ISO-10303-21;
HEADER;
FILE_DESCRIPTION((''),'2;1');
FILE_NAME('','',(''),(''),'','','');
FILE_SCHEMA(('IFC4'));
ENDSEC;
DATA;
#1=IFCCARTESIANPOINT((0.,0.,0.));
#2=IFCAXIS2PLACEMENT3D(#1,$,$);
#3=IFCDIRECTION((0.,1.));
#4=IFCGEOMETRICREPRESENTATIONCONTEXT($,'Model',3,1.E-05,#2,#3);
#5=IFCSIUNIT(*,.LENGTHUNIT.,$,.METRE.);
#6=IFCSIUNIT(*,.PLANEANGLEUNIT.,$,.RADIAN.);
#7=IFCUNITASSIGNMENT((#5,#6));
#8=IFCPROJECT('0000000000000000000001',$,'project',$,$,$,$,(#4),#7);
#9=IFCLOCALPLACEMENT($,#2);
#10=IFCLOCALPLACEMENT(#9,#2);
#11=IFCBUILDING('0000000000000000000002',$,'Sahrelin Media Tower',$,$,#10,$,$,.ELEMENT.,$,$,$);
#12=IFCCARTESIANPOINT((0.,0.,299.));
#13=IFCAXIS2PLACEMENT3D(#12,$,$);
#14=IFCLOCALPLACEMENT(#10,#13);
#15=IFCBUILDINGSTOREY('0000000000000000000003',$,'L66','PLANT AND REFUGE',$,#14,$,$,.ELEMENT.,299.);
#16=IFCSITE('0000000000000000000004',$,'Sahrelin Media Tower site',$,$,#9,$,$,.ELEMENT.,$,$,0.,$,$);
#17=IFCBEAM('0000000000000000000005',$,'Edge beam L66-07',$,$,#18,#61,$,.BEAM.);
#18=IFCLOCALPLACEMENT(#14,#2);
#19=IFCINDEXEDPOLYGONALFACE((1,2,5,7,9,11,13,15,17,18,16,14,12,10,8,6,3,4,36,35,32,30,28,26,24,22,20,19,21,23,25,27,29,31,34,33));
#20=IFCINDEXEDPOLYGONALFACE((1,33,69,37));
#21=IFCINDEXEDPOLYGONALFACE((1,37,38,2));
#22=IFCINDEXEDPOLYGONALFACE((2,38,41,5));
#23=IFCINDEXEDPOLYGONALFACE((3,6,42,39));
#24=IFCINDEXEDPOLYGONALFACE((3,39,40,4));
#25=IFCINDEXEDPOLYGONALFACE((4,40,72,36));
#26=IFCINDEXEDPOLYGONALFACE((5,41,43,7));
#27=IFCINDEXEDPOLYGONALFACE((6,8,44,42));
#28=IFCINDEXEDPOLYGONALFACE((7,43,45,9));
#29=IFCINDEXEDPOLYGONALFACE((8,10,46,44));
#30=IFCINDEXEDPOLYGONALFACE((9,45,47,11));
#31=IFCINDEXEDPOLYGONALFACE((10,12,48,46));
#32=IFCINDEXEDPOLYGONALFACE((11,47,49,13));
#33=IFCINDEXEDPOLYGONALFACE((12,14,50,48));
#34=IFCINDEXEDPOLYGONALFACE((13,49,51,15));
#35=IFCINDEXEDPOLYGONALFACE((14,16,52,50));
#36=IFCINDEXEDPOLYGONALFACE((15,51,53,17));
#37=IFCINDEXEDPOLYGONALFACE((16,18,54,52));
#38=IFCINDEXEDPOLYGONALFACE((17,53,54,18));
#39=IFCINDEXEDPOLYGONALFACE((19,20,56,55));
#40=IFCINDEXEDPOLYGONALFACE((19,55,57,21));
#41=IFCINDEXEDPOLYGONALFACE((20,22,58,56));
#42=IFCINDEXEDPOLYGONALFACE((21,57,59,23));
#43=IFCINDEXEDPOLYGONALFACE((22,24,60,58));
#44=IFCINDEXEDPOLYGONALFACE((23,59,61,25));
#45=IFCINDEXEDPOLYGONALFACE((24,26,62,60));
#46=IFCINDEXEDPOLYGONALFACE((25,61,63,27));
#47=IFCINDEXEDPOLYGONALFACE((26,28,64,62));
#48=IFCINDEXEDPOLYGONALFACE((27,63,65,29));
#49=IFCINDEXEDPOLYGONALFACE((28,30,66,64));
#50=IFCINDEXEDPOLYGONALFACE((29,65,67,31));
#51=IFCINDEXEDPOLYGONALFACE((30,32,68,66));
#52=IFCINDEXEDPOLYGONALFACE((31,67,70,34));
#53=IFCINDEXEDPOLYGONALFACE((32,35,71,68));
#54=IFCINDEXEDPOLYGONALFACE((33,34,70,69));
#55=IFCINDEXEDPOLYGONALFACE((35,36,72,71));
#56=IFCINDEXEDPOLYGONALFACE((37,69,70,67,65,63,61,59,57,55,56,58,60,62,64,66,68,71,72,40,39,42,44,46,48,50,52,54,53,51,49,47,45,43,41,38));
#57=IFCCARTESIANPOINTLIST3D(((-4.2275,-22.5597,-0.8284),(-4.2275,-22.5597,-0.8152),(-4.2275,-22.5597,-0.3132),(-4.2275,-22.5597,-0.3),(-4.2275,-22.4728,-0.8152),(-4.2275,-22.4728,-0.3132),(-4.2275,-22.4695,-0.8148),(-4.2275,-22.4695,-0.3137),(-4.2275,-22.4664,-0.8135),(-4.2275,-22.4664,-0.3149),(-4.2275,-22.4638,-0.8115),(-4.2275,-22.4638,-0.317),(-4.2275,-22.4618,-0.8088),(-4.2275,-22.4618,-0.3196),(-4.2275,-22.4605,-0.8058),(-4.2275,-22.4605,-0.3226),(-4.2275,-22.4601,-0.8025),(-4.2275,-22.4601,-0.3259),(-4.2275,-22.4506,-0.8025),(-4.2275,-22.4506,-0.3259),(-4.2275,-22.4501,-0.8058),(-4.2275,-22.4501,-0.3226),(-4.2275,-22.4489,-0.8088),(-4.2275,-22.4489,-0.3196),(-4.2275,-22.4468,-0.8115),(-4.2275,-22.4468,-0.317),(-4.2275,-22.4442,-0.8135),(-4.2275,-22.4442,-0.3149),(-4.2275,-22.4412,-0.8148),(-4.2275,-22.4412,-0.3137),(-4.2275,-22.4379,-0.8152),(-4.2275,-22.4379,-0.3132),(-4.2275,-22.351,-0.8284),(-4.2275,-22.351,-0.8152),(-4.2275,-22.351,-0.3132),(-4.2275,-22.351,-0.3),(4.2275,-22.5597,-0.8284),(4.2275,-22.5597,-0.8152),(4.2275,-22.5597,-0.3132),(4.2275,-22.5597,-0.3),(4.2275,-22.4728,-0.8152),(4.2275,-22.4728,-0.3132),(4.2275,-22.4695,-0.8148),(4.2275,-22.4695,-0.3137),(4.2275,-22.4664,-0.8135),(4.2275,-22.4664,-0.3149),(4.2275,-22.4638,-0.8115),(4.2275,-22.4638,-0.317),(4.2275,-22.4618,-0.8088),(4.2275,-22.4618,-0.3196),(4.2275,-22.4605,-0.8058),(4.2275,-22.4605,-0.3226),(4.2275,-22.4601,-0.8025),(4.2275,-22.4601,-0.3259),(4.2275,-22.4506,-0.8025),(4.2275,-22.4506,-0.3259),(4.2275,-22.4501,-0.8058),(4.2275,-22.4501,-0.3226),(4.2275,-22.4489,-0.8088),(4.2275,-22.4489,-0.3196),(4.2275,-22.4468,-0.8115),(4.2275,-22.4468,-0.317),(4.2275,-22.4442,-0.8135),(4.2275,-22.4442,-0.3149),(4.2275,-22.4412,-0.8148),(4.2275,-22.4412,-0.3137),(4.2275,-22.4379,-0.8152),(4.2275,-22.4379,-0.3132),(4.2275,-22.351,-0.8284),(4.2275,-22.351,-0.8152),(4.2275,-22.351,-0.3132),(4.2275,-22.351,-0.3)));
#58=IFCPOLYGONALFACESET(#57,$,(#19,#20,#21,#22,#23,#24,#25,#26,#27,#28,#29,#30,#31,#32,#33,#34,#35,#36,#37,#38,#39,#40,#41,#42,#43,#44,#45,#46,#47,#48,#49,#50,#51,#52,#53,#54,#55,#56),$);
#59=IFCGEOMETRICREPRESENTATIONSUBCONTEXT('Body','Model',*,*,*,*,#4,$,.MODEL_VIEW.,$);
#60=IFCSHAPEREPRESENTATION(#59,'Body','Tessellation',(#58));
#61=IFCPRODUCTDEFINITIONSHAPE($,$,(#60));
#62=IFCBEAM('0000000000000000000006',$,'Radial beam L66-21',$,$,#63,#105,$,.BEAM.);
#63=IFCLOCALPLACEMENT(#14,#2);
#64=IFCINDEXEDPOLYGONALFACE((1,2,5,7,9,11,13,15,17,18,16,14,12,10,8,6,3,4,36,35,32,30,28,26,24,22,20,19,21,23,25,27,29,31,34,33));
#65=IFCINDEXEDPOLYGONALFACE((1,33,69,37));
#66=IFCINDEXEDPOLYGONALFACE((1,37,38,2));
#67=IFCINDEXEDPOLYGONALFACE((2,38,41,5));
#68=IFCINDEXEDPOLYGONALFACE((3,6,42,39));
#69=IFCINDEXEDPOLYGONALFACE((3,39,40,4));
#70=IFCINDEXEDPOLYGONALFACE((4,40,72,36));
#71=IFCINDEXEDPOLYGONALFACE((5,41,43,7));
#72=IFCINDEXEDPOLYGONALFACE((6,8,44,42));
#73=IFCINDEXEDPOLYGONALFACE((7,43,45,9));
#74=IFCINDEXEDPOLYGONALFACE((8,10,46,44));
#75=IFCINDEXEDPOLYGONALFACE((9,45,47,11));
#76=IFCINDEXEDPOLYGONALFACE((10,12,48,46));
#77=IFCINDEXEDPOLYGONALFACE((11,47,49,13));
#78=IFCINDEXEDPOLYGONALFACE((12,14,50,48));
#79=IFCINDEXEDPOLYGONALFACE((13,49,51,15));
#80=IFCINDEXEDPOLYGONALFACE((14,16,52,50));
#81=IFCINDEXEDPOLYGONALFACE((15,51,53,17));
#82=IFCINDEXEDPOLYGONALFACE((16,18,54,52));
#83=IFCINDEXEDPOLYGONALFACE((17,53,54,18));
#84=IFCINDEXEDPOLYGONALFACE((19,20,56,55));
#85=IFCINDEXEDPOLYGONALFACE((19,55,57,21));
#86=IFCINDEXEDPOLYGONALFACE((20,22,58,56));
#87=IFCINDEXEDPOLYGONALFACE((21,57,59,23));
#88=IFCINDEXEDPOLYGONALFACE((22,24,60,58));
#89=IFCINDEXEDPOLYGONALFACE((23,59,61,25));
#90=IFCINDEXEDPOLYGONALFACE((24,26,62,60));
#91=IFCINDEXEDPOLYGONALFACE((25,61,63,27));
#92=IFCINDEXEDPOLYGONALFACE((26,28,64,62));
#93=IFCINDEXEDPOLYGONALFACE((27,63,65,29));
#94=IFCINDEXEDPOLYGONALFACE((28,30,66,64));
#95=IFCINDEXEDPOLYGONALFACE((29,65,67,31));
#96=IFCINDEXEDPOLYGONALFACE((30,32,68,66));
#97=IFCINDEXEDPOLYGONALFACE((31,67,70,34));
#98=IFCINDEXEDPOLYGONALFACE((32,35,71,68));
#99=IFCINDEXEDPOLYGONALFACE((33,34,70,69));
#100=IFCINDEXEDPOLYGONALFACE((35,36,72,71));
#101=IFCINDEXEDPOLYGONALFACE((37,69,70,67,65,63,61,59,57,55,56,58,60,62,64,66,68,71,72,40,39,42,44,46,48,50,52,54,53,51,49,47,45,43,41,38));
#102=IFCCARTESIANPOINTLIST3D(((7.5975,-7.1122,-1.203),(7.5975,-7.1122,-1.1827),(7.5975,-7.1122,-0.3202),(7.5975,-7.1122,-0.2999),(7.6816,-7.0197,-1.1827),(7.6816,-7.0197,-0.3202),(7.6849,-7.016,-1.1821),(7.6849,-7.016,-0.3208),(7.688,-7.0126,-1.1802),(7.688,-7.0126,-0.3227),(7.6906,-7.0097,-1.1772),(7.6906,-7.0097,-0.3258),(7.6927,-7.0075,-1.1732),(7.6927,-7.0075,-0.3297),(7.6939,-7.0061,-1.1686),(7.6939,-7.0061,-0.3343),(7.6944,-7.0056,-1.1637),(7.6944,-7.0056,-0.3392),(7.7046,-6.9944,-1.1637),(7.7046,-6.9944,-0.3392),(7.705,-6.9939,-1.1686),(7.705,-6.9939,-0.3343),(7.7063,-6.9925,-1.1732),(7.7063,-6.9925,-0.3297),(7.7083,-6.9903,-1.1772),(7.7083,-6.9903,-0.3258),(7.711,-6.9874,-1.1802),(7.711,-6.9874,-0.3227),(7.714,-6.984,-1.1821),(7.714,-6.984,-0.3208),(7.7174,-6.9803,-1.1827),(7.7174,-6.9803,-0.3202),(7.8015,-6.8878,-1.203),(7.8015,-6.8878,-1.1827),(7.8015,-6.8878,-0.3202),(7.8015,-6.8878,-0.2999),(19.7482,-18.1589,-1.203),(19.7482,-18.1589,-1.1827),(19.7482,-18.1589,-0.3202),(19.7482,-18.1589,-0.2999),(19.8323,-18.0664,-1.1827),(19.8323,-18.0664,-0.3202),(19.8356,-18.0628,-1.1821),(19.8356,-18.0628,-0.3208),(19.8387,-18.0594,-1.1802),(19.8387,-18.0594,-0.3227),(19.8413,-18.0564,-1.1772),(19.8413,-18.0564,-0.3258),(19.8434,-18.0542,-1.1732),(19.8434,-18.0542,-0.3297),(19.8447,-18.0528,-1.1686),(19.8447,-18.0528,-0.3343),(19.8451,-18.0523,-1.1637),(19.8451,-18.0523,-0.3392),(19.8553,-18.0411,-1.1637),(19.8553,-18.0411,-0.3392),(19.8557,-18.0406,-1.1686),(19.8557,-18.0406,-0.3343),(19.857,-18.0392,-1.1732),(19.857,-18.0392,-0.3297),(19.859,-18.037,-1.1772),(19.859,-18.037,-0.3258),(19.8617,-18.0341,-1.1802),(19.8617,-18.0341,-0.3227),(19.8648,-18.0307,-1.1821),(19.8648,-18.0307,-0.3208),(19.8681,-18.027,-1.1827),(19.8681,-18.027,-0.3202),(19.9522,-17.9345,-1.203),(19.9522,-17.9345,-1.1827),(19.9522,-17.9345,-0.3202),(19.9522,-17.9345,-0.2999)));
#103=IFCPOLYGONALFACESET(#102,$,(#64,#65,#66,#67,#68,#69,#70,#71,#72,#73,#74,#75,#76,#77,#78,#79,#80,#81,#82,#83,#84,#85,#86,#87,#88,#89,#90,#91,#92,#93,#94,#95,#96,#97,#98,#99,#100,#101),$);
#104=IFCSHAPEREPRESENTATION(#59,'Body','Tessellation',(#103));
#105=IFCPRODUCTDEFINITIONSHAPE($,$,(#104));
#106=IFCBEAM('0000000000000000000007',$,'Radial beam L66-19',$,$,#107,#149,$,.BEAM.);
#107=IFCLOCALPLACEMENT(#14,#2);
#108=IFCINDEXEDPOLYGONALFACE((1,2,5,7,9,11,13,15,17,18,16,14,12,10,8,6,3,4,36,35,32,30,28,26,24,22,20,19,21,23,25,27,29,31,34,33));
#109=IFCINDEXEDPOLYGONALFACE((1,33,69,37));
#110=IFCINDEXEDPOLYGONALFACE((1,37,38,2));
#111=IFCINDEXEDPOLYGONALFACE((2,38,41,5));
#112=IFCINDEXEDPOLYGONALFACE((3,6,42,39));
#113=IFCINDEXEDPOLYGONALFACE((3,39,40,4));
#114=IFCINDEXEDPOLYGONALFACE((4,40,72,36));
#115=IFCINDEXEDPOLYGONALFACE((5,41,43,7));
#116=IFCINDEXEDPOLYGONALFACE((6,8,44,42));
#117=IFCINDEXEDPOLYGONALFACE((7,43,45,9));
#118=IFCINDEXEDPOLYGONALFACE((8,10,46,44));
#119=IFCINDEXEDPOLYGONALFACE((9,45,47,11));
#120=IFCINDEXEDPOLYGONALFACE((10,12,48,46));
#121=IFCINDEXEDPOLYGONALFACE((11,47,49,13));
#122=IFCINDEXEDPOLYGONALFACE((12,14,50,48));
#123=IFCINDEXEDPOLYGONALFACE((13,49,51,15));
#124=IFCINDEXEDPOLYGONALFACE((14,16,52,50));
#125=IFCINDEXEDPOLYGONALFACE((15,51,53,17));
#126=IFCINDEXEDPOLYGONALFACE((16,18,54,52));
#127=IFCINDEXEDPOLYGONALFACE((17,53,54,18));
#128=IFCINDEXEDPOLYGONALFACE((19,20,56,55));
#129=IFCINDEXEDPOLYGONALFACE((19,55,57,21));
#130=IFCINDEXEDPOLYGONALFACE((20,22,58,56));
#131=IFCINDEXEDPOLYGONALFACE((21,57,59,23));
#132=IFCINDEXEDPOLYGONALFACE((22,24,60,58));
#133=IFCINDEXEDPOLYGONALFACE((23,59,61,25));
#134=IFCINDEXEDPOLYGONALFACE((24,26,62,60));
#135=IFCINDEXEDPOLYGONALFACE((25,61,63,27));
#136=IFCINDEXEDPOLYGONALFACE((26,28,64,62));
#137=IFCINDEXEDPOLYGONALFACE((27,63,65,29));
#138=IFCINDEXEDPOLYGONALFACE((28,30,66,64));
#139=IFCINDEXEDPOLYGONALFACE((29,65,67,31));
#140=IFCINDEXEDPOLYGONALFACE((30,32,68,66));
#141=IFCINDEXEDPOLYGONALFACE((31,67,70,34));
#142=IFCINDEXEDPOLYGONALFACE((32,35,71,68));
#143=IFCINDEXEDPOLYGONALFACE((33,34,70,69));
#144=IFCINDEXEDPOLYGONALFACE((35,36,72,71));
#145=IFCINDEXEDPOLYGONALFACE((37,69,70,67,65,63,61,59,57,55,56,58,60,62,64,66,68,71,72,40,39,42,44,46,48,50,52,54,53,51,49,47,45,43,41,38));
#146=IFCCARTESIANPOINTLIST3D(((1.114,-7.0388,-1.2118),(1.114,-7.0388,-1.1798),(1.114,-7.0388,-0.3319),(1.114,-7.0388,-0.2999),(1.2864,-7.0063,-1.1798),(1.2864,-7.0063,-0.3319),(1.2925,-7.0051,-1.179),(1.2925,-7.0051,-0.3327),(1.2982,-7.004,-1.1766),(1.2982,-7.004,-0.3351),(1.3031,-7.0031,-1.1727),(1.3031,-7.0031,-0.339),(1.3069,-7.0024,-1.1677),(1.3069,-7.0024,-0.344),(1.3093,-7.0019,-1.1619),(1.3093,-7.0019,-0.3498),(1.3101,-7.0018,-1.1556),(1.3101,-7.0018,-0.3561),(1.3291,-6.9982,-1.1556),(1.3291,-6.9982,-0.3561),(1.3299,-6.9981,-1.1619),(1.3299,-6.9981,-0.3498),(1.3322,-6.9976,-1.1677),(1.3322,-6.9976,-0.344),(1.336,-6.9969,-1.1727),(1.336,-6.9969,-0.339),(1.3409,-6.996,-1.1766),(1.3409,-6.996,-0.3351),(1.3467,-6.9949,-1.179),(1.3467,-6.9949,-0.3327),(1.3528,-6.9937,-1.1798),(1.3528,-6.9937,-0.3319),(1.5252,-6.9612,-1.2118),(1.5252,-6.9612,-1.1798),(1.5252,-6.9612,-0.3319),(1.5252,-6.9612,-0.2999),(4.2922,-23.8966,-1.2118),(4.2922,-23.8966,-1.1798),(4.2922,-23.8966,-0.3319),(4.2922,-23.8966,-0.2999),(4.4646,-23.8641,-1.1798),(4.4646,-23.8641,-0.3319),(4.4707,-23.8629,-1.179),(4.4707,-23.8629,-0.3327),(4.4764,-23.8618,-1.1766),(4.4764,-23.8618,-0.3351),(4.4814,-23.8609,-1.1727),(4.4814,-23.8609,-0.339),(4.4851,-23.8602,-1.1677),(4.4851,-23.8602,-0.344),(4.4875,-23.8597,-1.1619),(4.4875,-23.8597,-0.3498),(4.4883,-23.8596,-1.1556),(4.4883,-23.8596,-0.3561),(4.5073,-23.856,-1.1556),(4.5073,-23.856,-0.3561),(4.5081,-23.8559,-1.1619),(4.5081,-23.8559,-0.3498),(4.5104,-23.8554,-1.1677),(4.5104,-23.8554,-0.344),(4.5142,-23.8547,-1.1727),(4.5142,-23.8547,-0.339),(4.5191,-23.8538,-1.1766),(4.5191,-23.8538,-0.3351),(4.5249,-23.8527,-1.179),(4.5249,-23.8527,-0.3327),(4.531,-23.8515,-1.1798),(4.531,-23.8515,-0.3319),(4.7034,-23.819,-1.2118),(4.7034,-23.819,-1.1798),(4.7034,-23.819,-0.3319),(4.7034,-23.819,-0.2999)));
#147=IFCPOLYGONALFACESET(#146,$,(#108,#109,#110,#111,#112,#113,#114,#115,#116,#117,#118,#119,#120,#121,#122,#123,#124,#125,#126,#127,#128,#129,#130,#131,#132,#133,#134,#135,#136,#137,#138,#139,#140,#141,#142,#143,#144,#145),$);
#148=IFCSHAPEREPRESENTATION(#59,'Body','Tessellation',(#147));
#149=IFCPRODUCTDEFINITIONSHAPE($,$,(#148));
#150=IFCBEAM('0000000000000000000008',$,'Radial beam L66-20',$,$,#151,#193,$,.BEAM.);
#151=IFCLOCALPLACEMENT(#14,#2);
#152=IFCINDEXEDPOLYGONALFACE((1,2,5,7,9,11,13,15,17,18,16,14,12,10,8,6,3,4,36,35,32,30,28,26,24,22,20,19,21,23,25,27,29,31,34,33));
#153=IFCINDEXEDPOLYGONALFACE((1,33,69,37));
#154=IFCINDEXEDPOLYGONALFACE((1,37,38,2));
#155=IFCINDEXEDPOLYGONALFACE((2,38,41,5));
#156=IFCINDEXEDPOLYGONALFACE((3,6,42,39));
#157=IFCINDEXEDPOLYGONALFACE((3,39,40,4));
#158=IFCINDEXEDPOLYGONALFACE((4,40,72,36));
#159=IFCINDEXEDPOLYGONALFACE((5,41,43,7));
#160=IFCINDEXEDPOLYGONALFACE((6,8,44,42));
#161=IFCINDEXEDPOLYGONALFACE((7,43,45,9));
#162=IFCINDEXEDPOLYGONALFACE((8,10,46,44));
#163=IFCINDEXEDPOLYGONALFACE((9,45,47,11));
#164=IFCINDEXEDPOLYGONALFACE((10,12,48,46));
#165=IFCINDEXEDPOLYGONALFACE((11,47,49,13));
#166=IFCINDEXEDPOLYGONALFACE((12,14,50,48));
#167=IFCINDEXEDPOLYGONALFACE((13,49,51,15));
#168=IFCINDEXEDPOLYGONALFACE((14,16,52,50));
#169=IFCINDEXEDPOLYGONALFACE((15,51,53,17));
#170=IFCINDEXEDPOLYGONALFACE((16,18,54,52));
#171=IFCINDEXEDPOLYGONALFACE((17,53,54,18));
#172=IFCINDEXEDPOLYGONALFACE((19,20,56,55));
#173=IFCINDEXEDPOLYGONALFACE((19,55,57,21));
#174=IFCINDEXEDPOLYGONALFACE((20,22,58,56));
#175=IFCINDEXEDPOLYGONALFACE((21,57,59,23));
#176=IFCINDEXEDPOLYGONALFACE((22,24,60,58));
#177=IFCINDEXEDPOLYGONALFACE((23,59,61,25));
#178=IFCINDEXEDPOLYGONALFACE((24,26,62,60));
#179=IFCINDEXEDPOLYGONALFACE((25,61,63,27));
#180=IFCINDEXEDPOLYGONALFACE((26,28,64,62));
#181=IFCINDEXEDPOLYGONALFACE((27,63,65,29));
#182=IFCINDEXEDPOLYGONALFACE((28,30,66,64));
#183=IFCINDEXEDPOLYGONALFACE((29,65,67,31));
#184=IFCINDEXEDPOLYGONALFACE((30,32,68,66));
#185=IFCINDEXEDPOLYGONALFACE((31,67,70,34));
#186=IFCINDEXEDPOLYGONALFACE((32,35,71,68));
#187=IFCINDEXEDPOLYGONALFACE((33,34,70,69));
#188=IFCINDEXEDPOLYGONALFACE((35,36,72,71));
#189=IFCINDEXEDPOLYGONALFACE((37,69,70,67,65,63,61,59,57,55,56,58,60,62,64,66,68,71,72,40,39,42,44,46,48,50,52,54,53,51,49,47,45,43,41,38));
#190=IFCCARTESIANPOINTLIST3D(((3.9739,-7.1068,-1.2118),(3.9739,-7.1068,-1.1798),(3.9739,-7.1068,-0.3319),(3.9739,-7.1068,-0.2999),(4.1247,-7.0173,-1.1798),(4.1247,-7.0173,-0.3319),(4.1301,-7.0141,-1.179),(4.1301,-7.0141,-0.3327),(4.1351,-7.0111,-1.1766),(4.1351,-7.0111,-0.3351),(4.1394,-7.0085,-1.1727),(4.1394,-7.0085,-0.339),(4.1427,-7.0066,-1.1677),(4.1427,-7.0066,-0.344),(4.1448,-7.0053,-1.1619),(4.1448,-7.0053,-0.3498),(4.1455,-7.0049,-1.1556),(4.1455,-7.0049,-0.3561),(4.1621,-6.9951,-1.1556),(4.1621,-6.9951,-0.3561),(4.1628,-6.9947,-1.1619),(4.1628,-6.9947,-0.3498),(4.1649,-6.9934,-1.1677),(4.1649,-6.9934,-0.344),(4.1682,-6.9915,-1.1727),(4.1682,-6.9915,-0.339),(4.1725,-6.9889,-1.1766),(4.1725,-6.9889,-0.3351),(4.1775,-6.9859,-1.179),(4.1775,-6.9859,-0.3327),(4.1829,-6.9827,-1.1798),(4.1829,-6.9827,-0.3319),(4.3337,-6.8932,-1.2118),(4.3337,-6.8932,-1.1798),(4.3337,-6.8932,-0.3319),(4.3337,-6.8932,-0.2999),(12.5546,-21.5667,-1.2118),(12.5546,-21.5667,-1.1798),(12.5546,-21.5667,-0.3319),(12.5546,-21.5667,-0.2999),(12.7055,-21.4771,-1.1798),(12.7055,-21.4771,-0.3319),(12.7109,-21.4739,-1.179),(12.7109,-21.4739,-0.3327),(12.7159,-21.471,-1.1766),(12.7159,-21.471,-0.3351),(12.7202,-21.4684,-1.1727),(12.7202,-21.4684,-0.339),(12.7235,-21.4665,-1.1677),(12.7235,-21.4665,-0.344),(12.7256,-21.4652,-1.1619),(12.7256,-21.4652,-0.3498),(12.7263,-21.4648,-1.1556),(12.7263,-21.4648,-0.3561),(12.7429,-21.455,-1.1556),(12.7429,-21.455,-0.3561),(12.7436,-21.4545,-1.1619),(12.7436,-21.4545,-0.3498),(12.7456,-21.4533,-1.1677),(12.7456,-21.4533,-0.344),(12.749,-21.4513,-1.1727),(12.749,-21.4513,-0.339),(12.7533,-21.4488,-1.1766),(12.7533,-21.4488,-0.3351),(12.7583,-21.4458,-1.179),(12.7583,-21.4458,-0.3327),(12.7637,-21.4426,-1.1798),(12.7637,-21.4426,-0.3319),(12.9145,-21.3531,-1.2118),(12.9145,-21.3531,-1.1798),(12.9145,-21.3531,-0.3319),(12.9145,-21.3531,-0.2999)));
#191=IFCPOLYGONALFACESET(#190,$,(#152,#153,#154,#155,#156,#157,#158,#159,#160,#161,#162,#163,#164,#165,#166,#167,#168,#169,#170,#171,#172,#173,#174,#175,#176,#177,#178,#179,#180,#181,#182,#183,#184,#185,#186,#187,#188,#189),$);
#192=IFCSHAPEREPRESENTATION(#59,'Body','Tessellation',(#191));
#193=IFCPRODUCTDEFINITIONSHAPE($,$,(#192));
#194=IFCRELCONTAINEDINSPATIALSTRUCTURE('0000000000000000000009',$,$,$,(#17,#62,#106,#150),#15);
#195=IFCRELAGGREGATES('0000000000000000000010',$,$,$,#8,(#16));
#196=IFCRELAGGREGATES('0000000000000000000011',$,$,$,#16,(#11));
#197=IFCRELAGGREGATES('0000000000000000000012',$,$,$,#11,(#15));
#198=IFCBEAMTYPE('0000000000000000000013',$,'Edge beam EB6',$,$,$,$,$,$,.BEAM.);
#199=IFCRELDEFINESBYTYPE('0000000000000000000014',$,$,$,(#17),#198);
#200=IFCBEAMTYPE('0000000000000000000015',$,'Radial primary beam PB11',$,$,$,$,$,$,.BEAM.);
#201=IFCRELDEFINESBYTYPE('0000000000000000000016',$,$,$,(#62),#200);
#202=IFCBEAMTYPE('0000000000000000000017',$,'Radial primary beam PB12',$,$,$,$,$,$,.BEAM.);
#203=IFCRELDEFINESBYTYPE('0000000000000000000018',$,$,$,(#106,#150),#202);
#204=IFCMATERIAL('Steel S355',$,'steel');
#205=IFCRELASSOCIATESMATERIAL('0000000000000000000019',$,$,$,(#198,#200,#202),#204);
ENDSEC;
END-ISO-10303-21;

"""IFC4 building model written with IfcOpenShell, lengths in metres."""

from ifc_helpers import new_model, si_unit, direction, frame, origin, origin_2d, place, context, subcontext, project, spatial, i_section, extrude, material, material_profile, profile_set, type_object, element, save


model = new_model("IFC4")

# Units and contexts
model_context = context("Model", 3, precision=1e-05, world=origin(), true_north=direction((0.0, 1.0)))
body_context = subcontext(model_context, "Body", "Model", "MODEL_VIEW")
ifc_project = project(units=[si_unit("LENGTHUNIT", "METRE"), si_unit("PLANEANGLEUNIT", "RADIAN")], contexts=[model_context])

# Site, building, storey
site_placement = place(None, origin())
site = spatial("IfcSite", under=ifc_project, at=site_placement, Name="Sahrelin Media Tower site", CompositionType="ELEMENT", RefElevation=0.0)
building_placement = place(site_placement, origin())
building = spatial("IfcBuilding", under=site, at=building_placement, Name="Sahrelin Media Tower", CompositionType="ELEMENT")
storey_placement = place(building_placement, frame((0.0, 0.0, 299.0)))
storey = spatial("IfcBuildingStorey", under=building, at=storey_placement, Name="L66", Description="PLANT AND REFUGE", CompositionType="ELEMENT", Elevation=299.0)

# Beams
ifc_material_1 = material(Name="Steel S355", Category="steel")
ifc_material_profile_1 = material_profile(ifc_material_1, i_section(OverallWidth=0.2087, OverallDepth=0.5283, WebThickness=0.0095, FlangeThickness=0.0132, FilletRadius=0.0127, at=origin_2d()), Name="UB 533x210x82")
ifc_profile_set_1 = profile_set([ifc_material_profile_1], Name="Steel S355")
beam_type_1 = type_object("IfcBeamType", Name="Edge beam EB6", PredefinedType="BEAM", material=ifc_profile_set_1)
beam_1_placement = place(storey_placement, frame((4.2275, -22.4553, -0.5642), z_axis=(-1.0, 0.0, 0.0), x_axis=(0.0, -1.0, 0.0)))
element("IfcBeam", 1, at=beam_1_placement, inside=storey, type_object=beam_type_1, Name="Edge beam L66-07", PredefinedType="BEAM", context=body_context, shape_type="SweptSolid", body=[
    extrude(i_section(OverallWidth=0.2087, OverallDepth=0.5283, WebThickness=0.0095, FlangeThickness=0.0132, FilletRadius=0.0127, at=origin_2d()), origin(), (0.0, 0.0, 1.0), 8.4551),
])
ifc_material_profile_2 = material_profile(ifc_material_1, i_section(OverallWidth=0.3032, OverallDepth=0.9031, WebThickness=0.0151, FlangeThickness=0.0203, FilletRadius=0.019, at=origin_2d()), Name="UB 914x305x201")
ifc_profile_set_2 = profile_set([ifc_material_profile_2], Name="Steel S355")
beam_type_2 = type_object("IfcBeamType", Name="Radial primary beam PB11", PredefinedType="BEAM", material=ifc_profile_set_2)
beam_2_placement = place(storey_placement, frame((7.6995, -7.0, -0.7515), z_axis=(0.739922, -0.672693, 0.0), x_axis=(0.672693, 0.739922, 0.0)))
element("IfcBeam", 2, at=beam_2_placement, inside=storey, type_object=beam_type_2, Name="Radial beam L66-21", PredefinedType="BEAM", context=body_context, shape_type="SweptSolid", body=[
    extrude(i_section(OverallWidth=0.3032, OverallDepth=0.9031, WebThickness=0.0151, FlangeThickness=0.0203, FilletRadius=0.019, at=origin_2d()), origin(), (0.0, 0.0, 1.0), 16.4216),
])
ifc_material_profile_3 = material_profile(ifc_material_1, i_section(OverallWidth=0.4185, OverallDepth=0.9119, WebThickness=0.0193, FlangeThickness=0.032, FilletRadius=0.0242, at=origin_2d()), Name="UB 914x419x343")
ifc_profile_set_3 = profile_set([ifc_material_profile_3], Name="Steel S355")
beam_type_3 = type_object("IfcBeamType", Name="Radial primary beam PB12", PredefinedType="BEAM", material=ifc_profile_set_3)
beam_3_placement = place(storey_placement, frame((1.3196, -7.0, -0.7559), z_axis=(0.185266, -0.982688, 0.0), x_axis=(0.982688, 0.185266, 0.0)))
element("IfcBeam", 3, at=beam_3_placement, inside=storey, type_object=beam_type_3, Name="Radial beam L66-19", PredefinedType="BEAM", context=body_context, shape_type="SweptSolid", body=[
    extrude(i_section(OverallWidth=0.4185, OverallDepth=0.9119, WebThickness=0.0193, FlangeThickness=0.032, FilletRadius=0.0242, at=origin_2d()), origin(), (0.0, 0.0, 1.0), 17.1548),
])
beam_4_placement = place(storey_placement, frame((4.1538, -7.0, -0.7559), z_axis=(0.510328, -0.85998, 0.0), x_axis=(0.85998, 0.510328, 0.0)))
element("IfcBeam", 4, at=beam_4_placement, inside=storey, type_object=beam_type_3, Name="Radial beam L66-20", PredefinedType="BEAM", context=body_context, shape_type="SweptSolid", body=[
    extrude(i_section(OverallWidth=0.4185, OverallDepth=0.9119, WebThickness=0.0193, FlangeThickness=0.032, FilletRadius=0.0242, at=origin_2d()), origin(), (0.0, 0.0, 1.0), 16.8142),
])

save(model, "model.ifc")
